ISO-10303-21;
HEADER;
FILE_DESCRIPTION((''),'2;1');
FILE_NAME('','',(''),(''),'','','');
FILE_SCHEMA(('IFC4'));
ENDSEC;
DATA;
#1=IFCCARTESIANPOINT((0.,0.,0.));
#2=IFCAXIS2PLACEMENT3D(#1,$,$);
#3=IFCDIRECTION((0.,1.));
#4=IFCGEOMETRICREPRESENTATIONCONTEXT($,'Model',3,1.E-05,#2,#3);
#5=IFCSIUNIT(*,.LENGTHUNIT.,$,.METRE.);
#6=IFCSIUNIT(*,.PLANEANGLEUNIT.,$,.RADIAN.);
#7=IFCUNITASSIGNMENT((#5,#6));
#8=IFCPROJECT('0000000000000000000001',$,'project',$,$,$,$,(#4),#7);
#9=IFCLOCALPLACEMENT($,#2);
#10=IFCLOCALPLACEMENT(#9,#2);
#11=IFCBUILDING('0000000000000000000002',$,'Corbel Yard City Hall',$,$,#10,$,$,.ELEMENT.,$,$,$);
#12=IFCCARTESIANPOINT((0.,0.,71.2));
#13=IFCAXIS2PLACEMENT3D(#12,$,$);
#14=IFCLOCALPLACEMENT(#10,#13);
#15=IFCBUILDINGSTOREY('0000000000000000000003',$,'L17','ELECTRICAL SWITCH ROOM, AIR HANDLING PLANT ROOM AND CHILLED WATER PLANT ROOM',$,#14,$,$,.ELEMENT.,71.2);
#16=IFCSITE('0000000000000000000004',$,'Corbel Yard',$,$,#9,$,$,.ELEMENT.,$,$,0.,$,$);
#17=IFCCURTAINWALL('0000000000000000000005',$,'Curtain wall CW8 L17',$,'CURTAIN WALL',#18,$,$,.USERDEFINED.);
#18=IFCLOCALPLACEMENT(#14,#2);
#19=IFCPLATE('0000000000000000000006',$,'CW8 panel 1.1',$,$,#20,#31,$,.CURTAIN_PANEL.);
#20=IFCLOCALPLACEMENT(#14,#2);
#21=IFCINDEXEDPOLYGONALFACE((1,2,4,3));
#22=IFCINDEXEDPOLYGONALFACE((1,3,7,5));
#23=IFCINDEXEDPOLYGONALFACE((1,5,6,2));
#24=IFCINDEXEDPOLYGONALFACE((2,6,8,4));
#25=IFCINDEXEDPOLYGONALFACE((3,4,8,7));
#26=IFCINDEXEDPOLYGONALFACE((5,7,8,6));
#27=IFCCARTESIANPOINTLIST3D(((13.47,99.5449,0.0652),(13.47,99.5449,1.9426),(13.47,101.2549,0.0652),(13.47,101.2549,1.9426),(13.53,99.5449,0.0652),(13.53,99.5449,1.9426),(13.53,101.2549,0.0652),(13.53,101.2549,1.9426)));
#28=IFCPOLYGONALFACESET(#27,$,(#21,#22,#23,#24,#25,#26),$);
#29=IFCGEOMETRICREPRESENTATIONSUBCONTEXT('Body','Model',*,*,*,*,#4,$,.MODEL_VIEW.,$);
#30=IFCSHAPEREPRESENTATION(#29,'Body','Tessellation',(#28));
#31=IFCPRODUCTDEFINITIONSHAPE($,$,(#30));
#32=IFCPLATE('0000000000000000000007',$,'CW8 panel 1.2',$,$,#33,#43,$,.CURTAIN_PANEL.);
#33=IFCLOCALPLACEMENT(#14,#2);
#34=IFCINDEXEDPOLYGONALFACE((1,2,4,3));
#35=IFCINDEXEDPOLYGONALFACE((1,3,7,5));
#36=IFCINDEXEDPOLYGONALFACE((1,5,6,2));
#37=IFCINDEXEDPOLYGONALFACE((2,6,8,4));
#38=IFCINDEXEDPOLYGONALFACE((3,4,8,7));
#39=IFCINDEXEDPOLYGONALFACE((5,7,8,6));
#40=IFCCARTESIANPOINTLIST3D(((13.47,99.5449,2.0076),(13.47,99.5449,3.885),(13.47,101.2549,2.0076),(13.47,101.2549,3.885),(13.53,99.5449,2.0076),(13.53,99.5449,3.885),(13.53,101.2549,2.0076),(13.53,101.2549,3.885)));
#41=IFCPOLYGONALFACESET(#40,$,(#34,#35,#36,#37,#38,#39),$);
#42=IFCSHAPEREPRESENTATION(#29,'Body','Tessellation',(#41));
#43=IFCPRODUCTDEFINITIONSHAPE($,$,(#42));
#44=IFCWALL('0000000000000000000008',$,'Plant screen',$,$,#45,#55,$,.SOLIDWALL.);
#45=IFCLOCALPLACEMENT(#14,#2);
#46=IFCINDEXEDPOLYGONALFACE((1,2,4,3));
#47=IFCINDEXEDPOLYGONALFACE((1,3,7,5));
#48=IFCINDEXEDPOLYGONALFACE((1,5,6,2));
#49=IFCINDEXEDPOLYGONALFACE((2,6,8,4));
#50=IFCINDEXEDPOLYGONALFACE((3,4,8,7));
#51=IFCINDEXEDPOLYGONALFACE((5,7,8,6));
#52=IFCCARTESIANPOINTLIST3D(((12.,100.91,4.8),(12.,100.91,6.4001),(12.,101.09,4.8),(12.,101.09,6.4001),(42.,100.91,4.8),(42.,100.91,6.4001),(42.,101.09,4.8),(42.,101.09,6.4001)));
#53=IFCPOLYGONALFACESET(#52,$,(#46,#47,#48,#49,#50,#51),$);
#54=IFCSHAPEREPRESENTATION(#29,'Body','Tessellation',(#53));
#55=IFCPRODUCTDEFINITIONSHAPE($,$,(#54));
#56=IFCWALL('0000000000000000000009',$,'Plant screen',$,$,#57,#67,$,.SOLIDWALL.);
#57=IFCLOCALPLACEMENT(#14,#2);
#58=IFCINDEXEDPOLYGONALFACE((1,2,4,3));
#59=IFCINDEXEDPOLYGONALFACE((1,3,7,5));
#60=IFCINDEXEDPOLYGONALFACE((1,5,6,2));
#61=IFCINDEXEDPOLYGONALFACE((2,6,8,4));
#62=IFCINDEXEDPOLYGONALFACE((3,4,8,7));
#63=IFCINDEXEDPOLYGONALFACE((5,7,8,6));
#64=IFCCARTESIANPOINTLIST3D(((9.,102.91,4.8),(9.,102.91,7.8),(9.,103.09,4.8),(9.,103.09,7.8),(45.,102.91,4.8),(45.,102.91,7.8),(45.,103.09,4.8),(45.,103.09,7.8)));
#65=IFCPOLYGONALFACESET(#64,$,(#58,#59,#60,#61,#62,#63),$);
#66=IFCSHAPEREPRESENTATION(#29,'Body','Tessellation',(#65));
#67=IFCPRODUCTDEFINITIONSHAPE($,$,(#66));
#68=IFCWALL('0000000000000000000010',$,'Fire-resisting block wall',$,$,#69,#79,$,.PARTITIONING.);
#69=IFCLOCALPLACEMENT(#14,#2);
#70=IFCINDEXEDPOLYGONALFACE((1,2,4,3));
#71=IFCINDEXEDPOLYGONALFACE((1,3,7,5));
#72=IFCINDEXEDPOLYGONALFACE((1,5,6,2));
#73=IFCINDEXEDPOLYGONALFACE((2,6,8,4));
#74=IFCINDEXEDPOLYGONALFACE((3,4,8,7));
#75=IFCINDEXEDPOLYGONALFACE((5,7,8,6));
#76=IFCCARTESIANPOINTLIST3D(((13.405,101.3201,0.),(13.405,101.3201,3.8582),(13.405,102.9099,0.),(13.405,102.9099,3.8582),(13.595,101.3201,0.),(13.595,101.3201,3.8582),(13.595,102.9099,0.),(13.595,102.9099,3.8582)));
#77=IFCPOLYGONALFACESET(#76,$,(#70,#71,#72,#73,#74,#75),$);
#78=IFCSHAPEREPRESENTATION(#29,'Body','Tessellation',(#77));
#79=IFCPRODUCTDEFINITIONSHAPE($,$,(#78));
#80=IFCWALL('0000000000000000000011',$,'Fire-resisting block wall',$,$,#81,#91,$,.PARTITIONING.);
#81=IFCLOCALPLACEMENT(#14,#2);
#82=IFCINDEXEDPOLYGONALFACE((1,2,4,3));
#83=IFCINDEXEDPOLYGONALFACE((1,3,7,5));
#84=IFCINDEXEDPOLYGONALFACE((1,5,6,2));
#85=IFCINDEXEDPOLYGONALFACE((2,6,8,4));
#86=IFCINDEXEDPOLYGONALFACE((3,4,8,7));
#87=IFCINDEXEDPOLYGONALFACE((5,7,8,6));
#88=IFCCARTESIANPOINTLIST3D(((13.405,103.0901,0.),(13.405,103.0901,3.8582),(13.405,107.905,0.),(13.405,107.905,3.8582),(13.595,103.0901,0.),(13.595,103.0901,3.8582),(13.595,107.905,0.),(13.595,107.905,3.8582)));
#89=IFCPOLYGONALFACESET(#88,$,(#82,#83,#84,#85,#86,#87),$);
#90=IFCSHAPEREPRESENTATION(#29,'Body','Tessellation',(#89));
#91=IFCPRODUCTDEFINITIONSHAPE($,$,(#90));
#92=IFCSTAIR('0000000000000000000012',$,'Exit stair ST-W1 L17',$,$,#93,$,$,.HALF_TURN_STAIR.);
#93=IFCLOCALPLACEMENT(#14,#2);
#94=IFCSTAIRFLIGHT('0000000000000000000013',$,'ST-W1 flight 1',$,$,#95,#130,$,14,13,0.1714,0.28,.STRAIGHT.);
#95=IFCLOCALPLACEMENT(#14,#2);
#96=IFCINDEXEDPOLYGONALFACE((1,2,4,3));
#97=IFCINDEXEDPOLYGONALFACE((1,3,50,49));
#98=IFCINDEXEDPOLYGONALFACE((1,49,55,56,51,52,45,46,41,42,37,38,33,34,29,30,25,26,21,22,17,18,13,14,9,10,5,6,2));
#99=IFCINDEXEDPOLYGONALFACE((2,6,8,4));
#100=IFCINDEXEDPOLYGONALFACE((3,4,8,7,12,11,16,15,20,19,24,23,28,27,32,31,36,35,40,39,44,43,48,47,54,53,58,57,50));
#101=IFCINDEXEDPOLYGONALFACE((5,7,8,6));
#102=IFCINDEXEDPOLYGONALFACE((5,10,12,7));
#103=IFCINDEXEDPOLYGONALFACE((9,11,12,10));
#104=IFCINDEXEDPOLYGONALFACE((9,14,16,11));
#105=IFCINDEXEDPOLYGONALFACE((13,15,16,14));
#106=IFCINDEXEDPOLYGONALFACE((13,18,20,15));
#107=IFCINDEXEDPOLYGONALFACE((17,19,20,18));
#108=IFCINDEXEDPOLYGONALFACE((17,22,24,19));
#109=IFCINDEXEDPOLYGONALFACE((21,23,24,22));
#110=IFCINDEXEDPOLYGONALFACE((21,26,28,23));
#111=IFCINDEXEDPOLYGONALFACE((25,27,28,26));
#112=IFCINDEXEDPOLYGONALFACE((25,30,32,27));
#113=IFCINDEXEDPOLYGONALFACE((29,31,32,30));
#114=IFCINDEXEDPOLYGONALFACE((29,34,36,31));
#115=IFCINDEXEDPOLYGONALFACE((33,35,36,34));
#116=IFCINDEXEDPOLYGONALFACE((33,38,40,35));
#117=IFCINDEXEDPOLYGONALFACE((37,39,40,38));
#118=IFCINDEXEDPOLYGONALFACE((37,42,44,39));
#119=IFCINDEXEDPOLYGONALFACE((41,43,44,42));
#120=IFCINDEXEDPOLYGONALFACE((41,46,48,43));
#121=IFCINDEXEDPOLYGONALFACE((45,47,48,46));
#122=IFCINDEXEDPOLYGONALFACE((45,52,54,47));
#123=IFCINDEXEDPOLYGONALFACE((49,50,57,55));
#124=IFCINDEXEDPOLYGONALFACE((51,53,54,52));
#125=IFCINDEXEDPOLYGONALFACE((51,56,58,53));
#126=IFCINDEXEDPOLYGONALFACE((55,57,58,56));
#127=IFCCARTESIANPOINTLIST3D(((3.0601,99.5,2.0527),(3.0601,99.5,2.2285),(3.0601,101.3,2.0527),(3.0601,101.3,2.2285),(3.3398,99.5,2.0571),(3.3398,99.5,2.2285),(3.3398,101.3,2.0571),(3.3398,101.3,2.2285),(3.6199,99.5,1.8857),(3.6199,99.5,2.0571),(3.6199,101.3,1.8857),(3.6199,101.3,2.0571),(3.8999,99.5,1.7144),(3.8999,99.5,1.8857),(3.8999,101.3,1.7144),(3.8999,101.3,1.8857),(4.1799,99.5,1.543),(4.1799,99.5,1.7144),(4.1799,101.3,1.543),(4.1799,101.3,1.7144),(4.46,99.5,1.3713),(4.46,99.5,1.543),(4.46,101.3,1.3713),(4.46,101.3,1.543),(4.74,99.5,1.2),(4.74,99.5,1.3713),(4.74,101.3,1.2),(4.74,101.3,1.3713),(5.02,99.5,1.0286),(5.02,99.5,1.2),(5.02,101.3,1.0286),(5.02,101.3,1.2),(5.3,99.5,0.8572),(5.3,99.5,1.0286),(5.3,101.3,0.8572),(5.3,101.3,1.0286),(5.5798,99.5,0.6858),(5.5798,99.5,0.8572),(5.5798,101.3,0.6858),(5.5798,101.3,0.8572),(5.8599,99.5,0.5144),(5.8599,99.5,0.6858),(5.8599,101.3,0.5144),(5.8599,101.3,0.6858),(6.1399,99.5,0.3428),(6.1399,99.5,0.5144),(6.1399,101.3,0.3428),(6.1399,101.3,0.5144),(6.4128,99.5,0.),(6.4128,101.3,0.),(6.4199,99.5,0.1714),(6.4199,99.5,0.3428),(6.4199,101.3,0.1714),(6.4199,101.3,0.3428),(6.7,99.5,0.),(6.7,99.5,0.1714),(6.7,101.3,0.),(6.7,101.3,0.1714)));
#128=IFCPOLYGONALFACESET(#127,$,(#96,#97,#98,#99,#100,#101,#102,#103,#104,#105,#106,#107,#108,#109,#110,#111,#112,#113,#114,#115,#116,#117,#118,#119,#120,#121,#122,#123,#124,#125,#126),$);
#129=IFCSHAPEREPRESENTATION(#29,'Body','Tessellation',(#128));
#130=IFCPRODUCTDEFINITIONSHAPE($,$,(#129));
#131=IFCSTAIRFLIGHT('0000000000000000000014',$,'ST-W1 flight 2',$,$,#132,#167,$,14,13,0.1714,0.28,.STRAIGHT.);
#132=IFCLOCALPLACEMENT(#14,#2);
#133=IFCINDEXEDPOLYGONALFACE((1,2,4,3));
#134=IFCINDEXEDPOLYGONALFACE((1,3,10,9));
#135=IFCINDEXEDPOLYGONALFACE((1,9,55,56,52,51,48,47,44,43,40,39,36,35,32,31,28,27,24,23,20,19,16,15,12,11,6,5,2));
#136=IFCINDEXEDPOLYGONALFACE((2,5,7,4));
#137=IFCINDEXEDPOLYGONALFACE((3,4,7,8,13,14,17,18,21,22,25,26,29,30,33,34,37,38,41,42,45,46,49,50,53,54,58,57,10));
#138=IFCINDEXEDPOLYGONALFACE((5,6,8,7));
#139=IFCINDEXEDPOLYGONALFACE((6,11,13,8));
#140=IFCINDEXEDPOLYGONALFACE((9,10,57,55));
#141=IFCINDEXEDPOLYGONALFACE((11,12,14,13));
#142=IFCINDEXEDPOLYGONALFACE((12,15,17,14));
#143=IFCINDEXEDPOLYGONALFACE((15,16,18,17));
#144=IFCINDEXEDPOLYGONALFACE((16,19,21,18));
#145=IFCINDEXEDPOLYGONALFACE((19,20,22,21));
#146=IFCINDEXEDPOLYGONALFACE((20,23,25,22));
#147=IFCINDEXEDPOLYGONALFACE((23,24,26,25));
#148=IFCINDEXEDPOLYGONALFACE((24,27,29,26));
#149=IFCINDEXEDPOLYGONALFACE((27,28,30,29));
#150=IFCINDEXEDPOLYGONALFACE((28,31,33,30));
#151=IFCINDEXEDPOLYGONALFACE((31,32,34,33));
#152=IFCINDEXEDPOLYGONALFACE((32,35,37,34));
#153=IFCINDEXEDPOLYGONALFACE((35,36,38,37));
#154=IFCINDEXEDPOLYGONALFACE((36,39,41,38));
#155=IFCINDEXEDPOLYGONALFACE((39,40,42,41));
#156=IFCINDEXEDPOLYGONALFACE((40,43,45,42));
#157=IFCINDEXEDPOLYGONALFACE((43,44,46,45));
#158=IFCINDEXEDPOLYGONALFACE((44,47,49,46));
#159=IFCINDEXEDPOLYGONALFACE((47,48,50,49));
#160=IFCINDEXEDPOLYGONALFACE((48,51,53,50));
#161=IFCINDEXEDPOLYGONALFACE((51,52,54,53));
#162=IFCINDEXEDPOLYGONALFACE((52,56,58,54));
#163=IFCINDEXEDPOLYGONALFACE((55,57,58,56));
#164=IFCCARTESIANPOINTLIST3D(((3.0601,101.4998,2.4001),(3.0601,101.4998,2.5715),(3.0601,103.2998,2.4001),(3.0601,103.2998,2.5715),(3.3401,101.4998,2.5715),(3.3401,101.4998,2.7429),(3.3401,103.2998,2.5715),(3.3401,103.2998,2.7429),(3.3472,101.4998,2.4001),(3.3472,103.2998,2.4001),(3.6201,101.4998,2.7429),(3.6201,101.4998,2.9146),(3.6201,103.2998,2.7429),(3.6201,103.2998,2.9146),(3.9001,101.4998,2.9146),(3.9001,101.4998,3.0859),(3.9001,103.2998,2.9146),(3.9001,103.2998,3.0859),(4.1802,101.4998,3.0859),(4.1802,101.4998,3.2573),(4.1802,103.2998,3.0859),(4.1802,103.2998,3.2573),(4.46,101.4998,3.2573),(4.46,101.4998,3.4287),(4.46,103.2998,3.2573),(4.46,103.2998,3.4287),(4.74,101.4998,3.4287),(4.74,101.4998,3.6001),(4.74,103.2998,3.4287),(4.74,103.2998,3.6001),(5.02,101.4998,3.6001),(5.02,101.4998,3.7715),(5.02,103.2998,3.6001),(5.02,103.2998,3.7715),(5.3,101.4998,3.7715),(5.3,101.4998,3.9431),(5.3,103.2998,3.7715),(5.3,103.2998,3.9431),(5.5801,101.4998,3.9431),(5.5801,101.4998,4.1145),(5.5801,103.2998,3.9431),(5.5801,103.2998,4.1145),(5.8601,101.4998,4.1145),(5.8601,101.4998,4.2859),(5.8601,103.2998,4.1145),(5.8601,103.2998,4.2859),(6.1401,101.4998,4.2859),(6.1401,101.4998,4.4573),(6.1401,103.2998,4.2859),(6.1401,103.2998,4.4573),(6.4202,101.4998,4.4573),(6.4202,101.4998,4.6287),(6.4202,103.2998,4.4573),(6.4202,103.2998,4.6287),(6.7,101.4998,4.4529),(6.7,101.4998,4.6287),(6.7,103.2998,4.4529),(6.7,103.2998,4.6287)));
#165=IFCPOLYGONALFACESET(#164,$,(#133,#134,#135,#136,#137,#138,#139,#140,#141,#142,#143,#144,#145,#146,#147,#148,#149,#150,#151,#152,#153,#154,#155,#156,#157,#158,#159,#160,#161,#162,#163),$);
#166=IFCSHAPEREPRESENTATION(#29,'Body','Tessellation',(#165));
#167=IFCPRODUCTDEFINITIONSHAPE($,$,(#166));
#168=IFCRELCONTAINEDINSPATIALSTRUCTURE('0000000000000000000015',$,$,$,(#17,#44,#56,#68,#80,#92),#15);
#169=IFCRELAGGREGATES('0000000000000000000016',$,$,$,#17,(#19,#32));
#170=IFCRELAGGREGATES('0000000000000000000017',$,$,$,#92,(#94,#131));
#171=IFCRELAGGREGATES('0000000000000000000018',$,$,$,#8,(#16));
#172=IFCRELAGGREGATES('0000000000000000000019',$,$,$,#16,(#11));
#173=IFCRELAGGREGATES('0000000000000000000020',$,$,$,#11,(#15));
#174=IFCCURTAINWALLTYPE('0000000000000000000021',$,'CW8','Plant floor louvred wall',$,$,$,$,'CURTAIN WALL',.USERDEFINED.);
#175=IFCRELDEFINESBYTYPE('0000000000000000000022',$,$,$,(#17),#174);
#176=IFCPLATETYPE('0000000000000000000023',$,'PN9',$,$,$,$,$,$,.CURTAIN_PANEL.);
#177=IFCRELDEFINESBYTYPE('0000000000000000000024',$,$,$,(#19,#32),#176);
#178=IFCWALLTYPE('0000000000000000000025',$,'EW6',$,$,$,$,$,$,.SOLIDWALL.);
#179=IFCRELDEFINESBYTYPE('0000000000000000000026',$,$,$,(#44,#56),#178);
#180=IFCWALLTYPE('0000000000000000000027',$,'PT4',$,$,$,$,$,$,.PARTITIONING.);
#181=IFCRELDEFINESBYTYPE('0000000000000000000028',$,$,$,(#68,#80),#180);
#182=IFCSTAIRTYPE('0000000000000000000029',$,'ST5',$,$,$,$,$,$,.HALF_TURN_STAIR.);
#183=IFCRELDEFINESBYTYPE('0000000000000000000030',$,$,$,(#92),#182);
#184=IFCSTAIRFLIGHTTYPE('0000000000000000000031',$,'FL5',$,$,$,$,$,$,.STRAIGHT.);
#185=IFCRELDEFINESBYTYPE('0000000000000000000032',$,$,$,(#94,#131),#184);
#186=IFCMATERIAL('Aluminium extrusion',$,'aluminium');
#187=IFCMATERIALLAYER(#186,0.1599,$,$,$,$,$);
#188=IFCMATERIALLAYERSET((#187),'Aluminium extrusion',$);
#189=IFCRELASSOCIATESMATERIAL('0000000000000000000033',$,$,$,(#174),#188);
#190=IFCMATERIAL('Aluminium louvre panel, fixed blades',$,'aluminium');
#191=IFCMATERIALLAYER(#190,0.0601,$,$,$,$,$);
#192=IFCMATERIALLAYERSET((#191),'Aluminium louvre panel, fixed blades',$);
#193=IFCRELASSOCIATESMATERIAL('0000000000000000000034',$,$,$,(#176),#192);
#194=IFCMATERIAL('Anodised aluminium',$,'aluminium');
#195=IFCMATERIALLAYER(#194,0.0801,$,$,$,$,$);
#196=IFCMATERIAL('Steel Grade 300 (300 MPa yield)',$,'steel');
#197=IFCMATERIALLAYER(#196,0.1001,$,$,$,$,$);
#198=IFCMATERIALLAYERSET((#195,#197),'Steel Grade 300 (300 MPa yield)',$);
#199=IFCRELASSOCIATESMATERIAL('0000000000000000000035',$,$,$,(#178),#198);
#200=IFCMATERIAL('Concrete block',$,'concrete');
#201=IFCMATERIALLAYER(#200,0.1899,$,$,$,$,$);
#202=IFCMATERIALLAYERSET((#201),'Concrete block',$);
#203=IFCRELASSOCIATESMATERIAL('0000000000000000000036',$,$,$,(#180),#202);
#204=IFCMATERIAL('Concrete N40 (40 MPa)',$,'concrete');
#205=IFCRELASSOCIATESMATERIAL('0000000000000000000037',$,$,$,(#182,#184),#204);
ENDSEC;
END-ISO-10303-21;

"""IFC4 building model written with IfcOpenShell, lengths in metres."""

from ifc_helpers import new_model, si_unit, direction, frame, frame_2d, origin, origin_2d, place, context, subcontext, project, spatial, polyline, rectangle, outline, extrude, material, layer, layer_set, type_object, element, aggregate, save


model = new_model("IFC4")

# Units and contexts
model_context = context("Model", 3, precision=1e-05, world=origin(), true_north=direction((0.0, 1.0)))
body_context = subcontext(model_context, "Body", "Model", "MODEL_VIEW")
ifc_project = project(units=[si_unit("LENGTHUNIT", "METRE"), si_unit("PLANEANGLEUNIT", "RADIAN")], contexts=[model_context])

# Site, building, storey
site_placement = place(None, origin())
site = spatial("IfcSite", under=ifc_project, at=site_placement, Name="Corbel Yard", CompositionType="ELEMENT", RefElevation=0.0)
building_placement = place(site_placement, origin())
building = spatial("IfcBuilding", under=site, at=building_placement, Name="Corbel Yard City Hall", CompositionType="ELEMENT")
storey_placement = place(building_placement, frame((0.0, 0.0, 71.2)))
storey = spatial("IfcBuildingStorey", under=building, at=storey_placement, Name="L17", Description="ELECTRICAL SWITCH ROOM, AIR HANDLING PLANT ROOM AND CHILLED WATER PLANT ROOM", CompositionType="ELEMENT", Elevation=71.2)

# Shared definitions
ifc_material_1 = material(Name="Aluminium extrusion", Category="aluminium")
ifc_layer_1 = layer(ifc_material_1, 0.1599)
ifc_layer_set_1 = layer_set([ifc_layer_1], Name="Aluminium extrusion")
curtain_wall_type = type_object("IfcCurtainWallType", Name="CW8", Description="Plant floor louvred wall", ElementType="CURTAIN WALL", PredefinedType="USERDEFINED", material=ifc_layer_set_1)

# Curtain wall
curtain_wall_1_placement = place(storey_placement, origin())
curtain_wall_1 = element("IfcCurtainWall", 1, at=curtain_wall_1_placement, inside=storey, type_object=curtain_wall_type, Name="Curtain wall CW8 L17", ObjectType="CURTAIN WALL", PredefinedType="USERDEFINED")

# Plates
ifc_material_2 = material(Name="Aluminium louvre panel, fixed blades", Category="aluminium")
ifc_layer_2 = layer(ifc_material_2, 0.0601)
ifc_layer_set_2 = layer_set([ifc_layer_2], Name="Aluminium louvre panel, fixed blades")
plate_type = type_object("IfcPlateType", Name="PN9", PredefinedType="CURTAIN_PANEL", material=ifc_layer_set_2)
plate_1_placement = place(storey_placement, frame((13.5, 100.3999, 0.0652), z_axis=(0.0, 0.0, 1.0), x_axis=(0.0, 1.0, 0.0)))
plate_1 = element("IfcPlate", 2, at=plate_1_placement, type_object=plate_type, Name="CW8 panel 1.1", PredefinedType="CURTAIN_PANEL", context=body_context, shape_type="SweptSolid", body=[
    extrude(rectangle(XDim=1.71, YDim=0.0601, at=origin_2d()), origin(), (0.0, 0.0, 1.0), 1.8774),
])
plate_2_placement = place(storey_placement, frame((13.5, 100.3999, 2.0076), z_axis=(0.0, 0.0, 1.0), x_axis=(0.0, 1.0, 0.0)))
plate_2 = element("IfcPlate", 3, at=plate_2_placement, type_object=plate_type, Name="CW8 panel 1.2", PredefinedType="CURTAIN_PANEL", context=body_context, shape_type="SweptSolid", body=[
    extrude(rectangle(XDim=1.71, YDim=0.0601, at=origin_2d()), origin(), (0.0, 0.0, 1.0), 1.8774),
])
aggregate(curtain_wall_1, [plate_1, plate_2])

# Walls
ifc_material_3 = material(Name="Anodised aluminium", Category="aluminium")
ifc_layer_3 = layer(ifc_material_3, 0.0801)
ifc_material_4 = material(Name="Steel Grade 300 (300 MPa yield)", Category="steel")
ifc_layer_4 = layer(ifc_material_4, 0.1001)
ifc_layer_set_3 = layer_set([ifc_layer_3, ifc_layer_4], Name="Steel Grade 300 (300 MPa yield)")
wall_type_1 = type_object("IfcWallType", Name="EW6", PredefinedType="SOLIDWALL", material=ifc_layer_set_3)
wall_1_placement = place(storey_placement, frame((12.0, 101.0, 4.8), z_axis=(0.0, 0.0, 1.0), x_axis=(1.0, 0.0, 0.0)))
element("IfcWall", 4, at=wall_1_placement, inside=storey, type_object=wall_type_1, Name="Plant screen", PredefinedType="SOLIDWALL", context=body_context, shape_type="SweptSolid", body=[
    extrude(rectangle(XDim=30.0, YDim=0.1799, at=frame_2d((15.0, 0.0))), origin(), (0.0, 0.0, 1.0), 1.6001),
])
wall_2_placement = place(storey_placement, frame((9.0, 103.0, 4.8), z_axis=(0.0, 0.0, 1.0), x_axis=(1.0, 0.0, 0.0)))
element("IfcWall", 5, at=wall_2_placement, inside=storey, type_object=wall_type_1, Name="Plant screen", PredefinedType="SOLIDWALL", context=body_context, shape_type="SweptSolid", body=[
    extrude(rectangle(XDim=36.0, YDim=0.1799, at=frame_2d((18.0, 0.0))), origin(), (0.0, 0.0, 1.0), 3.0),
])
ifc_material_5 = material(Name="Concrete block", Category="concrete")
ifc_layer_5 = layer(ifc_material_5, 0.1899)
ifc_layer_set_4 = layer_set([ifc_layer_5], Name="Concrete block")
wall_type_2 = type_object("IfcWallType", Name="PT4", PredefinedType="PARTITIONING", material=ifc_layer_set_4)
wall_3_placement = place(storey_placement, frame((13.5, 101.3201, 0.0), z_axis=(0.0, 0.0, 1.0), x_axis=(0.0, 1.0, 0.0)))
element("IfcWall", 6, at=wall_3_placement, inside=storey, type_object=wall_type_2, Name="Fire-resisting block wall", PredefinedType="PARTITIONING", context=body_context, shape_type="SweptSolid", body=[
    extrude(rectangle(XDim=1.5898, YDim=0.1899, at=frame_2d((0.7949, 0.0))), origin(), (0.0, 0.0, 1.0), 3.8582),
])
wall_4_placement = place(storey_placement, frame((13.5, 103.0901, 0.0), z_axis=(0.0, 0.0, 1.0), x_axis=(0.0, 1.0, 0.0)))
element("IfcWall", 7, at=wall_4_placement, inside=storey, type_object=wall_type_2, Name="Fire-resisting block wall", PredefinedType="PARTITIONING", context=body_context, shape_type="SweptSolid", body=[
    extrude(rectangle(XDim=4.8149, YDim=0.1899, at=frame_2d((2.4075, 0.0))), origin(), (0.0, 0.0, 1.0), 3.8582),
])

# Stair, stair flights
ifc_material_6 = material(Name="Concrete N40 (40 MPa)", Category="concrete")
stair_type = type_object("IfcStairType", Name="ST5", PredefinedType="HALF_TURN_STAIR", material=ifc_material_6)
stair_placement = place(storey_placement, origin())
stair = element("IfcStair", 8, at=stair_placement, inside=storey, type_object=stair_type, Name="Exit stair ST-W1 L17", PredefinedType="HALF_TURN_STAIR")
stair_flight_type = type_object("IfcStairFlightType", Name="FL5", PredefinedType="STRAIGHT", material=ifc_material_6)
stair_flight_1_placement = place(storey_placement, frame((6.7, 100.3999, 0.0), z_axis=(0.0, 0.0, 1.0), x_axis=(-1.0, 0.0, 0.0)))
stair_flight_1 = element("IfcStairFlight", 9, at=stair_flight_1_placement, type_object=stair_flight_type, Name="ST-W1 flight 1", NumberOfRisers=14, NumberOfTreads=13, PredefinedType="STRAIGHT", RiserHeight=0.1714, TreadLength=0.28, context=body_context, shape_type="SweptSolid", body=[
    extrude(outline(polyline([(0.0, 0.0), (0.0, 0.1714), (0.28, 0.1714), (0.28, 0.3428), (0.5601, 0.3428), (0.5601, 0.5144), (0.8401, 0.5144), (0.8401, 0.6858), (1.1201, 0.6858), (1.1201, 0.8572), (1.3999, 0.8572), (1.3999, 1.0286), (1.6799, 1.0286), (1.6799, 1.2), (1.96, 1.2), (1.96, 1.3713), (2.24, 1.3713), (2.24, 1.543), (2.52, 1.543), (2.52, 1.7144), (2.8, 1.7144), (2.8, 1.8857), (3.0801, 1.8857), (3.0801, 2.0571), (3.3601, 2.0571), (3.3601, 2.2285), (3.6399, 2.2285), (3.6399, 2.3999), (3.6399, 2.0527), (0.2871, 0.0), (0.0, 0.0)])), frame((0.0, 0.8999, 0.0), z_axis=(0.0, -1.0, 0.0), x_axis=(1.0, 0.0, 0.0)), (0.0, 0.0, 1.0), 1.8),
])
stair_flight_2_placement = place(storey_placement, frame((3.0601, 102.3999, 2.4001), z_axis=(0.0, 0.0, 1.0), x_axis=(1.0, 0.0, 0.0)))
stair_flight_2 = element("IfcStairFlight", 10, at=stair_flight_2_placement, type_object=stair_flight_type, Name="ST-W1 flight 2", NumberOfRisers=14, NumberOfTreads=13, PredefinedType="STRAIGHT", RiserHeight=0.1714, TreadLength=0.28, context=body_context, shape_type="SweptSolid", body=[
    extrude(outline(polyline([(0.0, 0.0), (0.0, 0.1714), (0.28, 0.1714), (0.28, 0.3428), (0.5601, 0.3428), (0.5601, 0.5144), (0.8401, 0.5144), (0.8401, 0.6858), (1.1201, 0.6858), (1.1201, 0.8572), (1.3999, 0.8572), (1.3999, 1.0286), (1.6799, 1.0286), (1.6799, 1.2), (1.96, 1.2), (1.96, 1.3713), (2.24, 1.3713), (2.24, 1.543), (2.52, 1.543), (2.52, 1.7144), (2.8, 1.7144), (2.8, 1.8857), (3.0801, 1.8857), (3.0801, 2.0571), (3.3601, 2.0571), (3.3601, 2.2285), (3.6399, 2.2285), (3.6399, 2.3999), (3.6399, 2.0527), (0.2871, 0.0), (0.0, 0.0)])), frame((0.0, 0.8999, 0.0), z_axis=(0.0, -1.0, 0.0), x_axis=(1.0, 0.0, 0.0)), (0.0, 0.0, 1.0), 1.8),
])
aggregate(stair, [stair_flight_1, stair_flight_2])

save(model, "model.ifc")
